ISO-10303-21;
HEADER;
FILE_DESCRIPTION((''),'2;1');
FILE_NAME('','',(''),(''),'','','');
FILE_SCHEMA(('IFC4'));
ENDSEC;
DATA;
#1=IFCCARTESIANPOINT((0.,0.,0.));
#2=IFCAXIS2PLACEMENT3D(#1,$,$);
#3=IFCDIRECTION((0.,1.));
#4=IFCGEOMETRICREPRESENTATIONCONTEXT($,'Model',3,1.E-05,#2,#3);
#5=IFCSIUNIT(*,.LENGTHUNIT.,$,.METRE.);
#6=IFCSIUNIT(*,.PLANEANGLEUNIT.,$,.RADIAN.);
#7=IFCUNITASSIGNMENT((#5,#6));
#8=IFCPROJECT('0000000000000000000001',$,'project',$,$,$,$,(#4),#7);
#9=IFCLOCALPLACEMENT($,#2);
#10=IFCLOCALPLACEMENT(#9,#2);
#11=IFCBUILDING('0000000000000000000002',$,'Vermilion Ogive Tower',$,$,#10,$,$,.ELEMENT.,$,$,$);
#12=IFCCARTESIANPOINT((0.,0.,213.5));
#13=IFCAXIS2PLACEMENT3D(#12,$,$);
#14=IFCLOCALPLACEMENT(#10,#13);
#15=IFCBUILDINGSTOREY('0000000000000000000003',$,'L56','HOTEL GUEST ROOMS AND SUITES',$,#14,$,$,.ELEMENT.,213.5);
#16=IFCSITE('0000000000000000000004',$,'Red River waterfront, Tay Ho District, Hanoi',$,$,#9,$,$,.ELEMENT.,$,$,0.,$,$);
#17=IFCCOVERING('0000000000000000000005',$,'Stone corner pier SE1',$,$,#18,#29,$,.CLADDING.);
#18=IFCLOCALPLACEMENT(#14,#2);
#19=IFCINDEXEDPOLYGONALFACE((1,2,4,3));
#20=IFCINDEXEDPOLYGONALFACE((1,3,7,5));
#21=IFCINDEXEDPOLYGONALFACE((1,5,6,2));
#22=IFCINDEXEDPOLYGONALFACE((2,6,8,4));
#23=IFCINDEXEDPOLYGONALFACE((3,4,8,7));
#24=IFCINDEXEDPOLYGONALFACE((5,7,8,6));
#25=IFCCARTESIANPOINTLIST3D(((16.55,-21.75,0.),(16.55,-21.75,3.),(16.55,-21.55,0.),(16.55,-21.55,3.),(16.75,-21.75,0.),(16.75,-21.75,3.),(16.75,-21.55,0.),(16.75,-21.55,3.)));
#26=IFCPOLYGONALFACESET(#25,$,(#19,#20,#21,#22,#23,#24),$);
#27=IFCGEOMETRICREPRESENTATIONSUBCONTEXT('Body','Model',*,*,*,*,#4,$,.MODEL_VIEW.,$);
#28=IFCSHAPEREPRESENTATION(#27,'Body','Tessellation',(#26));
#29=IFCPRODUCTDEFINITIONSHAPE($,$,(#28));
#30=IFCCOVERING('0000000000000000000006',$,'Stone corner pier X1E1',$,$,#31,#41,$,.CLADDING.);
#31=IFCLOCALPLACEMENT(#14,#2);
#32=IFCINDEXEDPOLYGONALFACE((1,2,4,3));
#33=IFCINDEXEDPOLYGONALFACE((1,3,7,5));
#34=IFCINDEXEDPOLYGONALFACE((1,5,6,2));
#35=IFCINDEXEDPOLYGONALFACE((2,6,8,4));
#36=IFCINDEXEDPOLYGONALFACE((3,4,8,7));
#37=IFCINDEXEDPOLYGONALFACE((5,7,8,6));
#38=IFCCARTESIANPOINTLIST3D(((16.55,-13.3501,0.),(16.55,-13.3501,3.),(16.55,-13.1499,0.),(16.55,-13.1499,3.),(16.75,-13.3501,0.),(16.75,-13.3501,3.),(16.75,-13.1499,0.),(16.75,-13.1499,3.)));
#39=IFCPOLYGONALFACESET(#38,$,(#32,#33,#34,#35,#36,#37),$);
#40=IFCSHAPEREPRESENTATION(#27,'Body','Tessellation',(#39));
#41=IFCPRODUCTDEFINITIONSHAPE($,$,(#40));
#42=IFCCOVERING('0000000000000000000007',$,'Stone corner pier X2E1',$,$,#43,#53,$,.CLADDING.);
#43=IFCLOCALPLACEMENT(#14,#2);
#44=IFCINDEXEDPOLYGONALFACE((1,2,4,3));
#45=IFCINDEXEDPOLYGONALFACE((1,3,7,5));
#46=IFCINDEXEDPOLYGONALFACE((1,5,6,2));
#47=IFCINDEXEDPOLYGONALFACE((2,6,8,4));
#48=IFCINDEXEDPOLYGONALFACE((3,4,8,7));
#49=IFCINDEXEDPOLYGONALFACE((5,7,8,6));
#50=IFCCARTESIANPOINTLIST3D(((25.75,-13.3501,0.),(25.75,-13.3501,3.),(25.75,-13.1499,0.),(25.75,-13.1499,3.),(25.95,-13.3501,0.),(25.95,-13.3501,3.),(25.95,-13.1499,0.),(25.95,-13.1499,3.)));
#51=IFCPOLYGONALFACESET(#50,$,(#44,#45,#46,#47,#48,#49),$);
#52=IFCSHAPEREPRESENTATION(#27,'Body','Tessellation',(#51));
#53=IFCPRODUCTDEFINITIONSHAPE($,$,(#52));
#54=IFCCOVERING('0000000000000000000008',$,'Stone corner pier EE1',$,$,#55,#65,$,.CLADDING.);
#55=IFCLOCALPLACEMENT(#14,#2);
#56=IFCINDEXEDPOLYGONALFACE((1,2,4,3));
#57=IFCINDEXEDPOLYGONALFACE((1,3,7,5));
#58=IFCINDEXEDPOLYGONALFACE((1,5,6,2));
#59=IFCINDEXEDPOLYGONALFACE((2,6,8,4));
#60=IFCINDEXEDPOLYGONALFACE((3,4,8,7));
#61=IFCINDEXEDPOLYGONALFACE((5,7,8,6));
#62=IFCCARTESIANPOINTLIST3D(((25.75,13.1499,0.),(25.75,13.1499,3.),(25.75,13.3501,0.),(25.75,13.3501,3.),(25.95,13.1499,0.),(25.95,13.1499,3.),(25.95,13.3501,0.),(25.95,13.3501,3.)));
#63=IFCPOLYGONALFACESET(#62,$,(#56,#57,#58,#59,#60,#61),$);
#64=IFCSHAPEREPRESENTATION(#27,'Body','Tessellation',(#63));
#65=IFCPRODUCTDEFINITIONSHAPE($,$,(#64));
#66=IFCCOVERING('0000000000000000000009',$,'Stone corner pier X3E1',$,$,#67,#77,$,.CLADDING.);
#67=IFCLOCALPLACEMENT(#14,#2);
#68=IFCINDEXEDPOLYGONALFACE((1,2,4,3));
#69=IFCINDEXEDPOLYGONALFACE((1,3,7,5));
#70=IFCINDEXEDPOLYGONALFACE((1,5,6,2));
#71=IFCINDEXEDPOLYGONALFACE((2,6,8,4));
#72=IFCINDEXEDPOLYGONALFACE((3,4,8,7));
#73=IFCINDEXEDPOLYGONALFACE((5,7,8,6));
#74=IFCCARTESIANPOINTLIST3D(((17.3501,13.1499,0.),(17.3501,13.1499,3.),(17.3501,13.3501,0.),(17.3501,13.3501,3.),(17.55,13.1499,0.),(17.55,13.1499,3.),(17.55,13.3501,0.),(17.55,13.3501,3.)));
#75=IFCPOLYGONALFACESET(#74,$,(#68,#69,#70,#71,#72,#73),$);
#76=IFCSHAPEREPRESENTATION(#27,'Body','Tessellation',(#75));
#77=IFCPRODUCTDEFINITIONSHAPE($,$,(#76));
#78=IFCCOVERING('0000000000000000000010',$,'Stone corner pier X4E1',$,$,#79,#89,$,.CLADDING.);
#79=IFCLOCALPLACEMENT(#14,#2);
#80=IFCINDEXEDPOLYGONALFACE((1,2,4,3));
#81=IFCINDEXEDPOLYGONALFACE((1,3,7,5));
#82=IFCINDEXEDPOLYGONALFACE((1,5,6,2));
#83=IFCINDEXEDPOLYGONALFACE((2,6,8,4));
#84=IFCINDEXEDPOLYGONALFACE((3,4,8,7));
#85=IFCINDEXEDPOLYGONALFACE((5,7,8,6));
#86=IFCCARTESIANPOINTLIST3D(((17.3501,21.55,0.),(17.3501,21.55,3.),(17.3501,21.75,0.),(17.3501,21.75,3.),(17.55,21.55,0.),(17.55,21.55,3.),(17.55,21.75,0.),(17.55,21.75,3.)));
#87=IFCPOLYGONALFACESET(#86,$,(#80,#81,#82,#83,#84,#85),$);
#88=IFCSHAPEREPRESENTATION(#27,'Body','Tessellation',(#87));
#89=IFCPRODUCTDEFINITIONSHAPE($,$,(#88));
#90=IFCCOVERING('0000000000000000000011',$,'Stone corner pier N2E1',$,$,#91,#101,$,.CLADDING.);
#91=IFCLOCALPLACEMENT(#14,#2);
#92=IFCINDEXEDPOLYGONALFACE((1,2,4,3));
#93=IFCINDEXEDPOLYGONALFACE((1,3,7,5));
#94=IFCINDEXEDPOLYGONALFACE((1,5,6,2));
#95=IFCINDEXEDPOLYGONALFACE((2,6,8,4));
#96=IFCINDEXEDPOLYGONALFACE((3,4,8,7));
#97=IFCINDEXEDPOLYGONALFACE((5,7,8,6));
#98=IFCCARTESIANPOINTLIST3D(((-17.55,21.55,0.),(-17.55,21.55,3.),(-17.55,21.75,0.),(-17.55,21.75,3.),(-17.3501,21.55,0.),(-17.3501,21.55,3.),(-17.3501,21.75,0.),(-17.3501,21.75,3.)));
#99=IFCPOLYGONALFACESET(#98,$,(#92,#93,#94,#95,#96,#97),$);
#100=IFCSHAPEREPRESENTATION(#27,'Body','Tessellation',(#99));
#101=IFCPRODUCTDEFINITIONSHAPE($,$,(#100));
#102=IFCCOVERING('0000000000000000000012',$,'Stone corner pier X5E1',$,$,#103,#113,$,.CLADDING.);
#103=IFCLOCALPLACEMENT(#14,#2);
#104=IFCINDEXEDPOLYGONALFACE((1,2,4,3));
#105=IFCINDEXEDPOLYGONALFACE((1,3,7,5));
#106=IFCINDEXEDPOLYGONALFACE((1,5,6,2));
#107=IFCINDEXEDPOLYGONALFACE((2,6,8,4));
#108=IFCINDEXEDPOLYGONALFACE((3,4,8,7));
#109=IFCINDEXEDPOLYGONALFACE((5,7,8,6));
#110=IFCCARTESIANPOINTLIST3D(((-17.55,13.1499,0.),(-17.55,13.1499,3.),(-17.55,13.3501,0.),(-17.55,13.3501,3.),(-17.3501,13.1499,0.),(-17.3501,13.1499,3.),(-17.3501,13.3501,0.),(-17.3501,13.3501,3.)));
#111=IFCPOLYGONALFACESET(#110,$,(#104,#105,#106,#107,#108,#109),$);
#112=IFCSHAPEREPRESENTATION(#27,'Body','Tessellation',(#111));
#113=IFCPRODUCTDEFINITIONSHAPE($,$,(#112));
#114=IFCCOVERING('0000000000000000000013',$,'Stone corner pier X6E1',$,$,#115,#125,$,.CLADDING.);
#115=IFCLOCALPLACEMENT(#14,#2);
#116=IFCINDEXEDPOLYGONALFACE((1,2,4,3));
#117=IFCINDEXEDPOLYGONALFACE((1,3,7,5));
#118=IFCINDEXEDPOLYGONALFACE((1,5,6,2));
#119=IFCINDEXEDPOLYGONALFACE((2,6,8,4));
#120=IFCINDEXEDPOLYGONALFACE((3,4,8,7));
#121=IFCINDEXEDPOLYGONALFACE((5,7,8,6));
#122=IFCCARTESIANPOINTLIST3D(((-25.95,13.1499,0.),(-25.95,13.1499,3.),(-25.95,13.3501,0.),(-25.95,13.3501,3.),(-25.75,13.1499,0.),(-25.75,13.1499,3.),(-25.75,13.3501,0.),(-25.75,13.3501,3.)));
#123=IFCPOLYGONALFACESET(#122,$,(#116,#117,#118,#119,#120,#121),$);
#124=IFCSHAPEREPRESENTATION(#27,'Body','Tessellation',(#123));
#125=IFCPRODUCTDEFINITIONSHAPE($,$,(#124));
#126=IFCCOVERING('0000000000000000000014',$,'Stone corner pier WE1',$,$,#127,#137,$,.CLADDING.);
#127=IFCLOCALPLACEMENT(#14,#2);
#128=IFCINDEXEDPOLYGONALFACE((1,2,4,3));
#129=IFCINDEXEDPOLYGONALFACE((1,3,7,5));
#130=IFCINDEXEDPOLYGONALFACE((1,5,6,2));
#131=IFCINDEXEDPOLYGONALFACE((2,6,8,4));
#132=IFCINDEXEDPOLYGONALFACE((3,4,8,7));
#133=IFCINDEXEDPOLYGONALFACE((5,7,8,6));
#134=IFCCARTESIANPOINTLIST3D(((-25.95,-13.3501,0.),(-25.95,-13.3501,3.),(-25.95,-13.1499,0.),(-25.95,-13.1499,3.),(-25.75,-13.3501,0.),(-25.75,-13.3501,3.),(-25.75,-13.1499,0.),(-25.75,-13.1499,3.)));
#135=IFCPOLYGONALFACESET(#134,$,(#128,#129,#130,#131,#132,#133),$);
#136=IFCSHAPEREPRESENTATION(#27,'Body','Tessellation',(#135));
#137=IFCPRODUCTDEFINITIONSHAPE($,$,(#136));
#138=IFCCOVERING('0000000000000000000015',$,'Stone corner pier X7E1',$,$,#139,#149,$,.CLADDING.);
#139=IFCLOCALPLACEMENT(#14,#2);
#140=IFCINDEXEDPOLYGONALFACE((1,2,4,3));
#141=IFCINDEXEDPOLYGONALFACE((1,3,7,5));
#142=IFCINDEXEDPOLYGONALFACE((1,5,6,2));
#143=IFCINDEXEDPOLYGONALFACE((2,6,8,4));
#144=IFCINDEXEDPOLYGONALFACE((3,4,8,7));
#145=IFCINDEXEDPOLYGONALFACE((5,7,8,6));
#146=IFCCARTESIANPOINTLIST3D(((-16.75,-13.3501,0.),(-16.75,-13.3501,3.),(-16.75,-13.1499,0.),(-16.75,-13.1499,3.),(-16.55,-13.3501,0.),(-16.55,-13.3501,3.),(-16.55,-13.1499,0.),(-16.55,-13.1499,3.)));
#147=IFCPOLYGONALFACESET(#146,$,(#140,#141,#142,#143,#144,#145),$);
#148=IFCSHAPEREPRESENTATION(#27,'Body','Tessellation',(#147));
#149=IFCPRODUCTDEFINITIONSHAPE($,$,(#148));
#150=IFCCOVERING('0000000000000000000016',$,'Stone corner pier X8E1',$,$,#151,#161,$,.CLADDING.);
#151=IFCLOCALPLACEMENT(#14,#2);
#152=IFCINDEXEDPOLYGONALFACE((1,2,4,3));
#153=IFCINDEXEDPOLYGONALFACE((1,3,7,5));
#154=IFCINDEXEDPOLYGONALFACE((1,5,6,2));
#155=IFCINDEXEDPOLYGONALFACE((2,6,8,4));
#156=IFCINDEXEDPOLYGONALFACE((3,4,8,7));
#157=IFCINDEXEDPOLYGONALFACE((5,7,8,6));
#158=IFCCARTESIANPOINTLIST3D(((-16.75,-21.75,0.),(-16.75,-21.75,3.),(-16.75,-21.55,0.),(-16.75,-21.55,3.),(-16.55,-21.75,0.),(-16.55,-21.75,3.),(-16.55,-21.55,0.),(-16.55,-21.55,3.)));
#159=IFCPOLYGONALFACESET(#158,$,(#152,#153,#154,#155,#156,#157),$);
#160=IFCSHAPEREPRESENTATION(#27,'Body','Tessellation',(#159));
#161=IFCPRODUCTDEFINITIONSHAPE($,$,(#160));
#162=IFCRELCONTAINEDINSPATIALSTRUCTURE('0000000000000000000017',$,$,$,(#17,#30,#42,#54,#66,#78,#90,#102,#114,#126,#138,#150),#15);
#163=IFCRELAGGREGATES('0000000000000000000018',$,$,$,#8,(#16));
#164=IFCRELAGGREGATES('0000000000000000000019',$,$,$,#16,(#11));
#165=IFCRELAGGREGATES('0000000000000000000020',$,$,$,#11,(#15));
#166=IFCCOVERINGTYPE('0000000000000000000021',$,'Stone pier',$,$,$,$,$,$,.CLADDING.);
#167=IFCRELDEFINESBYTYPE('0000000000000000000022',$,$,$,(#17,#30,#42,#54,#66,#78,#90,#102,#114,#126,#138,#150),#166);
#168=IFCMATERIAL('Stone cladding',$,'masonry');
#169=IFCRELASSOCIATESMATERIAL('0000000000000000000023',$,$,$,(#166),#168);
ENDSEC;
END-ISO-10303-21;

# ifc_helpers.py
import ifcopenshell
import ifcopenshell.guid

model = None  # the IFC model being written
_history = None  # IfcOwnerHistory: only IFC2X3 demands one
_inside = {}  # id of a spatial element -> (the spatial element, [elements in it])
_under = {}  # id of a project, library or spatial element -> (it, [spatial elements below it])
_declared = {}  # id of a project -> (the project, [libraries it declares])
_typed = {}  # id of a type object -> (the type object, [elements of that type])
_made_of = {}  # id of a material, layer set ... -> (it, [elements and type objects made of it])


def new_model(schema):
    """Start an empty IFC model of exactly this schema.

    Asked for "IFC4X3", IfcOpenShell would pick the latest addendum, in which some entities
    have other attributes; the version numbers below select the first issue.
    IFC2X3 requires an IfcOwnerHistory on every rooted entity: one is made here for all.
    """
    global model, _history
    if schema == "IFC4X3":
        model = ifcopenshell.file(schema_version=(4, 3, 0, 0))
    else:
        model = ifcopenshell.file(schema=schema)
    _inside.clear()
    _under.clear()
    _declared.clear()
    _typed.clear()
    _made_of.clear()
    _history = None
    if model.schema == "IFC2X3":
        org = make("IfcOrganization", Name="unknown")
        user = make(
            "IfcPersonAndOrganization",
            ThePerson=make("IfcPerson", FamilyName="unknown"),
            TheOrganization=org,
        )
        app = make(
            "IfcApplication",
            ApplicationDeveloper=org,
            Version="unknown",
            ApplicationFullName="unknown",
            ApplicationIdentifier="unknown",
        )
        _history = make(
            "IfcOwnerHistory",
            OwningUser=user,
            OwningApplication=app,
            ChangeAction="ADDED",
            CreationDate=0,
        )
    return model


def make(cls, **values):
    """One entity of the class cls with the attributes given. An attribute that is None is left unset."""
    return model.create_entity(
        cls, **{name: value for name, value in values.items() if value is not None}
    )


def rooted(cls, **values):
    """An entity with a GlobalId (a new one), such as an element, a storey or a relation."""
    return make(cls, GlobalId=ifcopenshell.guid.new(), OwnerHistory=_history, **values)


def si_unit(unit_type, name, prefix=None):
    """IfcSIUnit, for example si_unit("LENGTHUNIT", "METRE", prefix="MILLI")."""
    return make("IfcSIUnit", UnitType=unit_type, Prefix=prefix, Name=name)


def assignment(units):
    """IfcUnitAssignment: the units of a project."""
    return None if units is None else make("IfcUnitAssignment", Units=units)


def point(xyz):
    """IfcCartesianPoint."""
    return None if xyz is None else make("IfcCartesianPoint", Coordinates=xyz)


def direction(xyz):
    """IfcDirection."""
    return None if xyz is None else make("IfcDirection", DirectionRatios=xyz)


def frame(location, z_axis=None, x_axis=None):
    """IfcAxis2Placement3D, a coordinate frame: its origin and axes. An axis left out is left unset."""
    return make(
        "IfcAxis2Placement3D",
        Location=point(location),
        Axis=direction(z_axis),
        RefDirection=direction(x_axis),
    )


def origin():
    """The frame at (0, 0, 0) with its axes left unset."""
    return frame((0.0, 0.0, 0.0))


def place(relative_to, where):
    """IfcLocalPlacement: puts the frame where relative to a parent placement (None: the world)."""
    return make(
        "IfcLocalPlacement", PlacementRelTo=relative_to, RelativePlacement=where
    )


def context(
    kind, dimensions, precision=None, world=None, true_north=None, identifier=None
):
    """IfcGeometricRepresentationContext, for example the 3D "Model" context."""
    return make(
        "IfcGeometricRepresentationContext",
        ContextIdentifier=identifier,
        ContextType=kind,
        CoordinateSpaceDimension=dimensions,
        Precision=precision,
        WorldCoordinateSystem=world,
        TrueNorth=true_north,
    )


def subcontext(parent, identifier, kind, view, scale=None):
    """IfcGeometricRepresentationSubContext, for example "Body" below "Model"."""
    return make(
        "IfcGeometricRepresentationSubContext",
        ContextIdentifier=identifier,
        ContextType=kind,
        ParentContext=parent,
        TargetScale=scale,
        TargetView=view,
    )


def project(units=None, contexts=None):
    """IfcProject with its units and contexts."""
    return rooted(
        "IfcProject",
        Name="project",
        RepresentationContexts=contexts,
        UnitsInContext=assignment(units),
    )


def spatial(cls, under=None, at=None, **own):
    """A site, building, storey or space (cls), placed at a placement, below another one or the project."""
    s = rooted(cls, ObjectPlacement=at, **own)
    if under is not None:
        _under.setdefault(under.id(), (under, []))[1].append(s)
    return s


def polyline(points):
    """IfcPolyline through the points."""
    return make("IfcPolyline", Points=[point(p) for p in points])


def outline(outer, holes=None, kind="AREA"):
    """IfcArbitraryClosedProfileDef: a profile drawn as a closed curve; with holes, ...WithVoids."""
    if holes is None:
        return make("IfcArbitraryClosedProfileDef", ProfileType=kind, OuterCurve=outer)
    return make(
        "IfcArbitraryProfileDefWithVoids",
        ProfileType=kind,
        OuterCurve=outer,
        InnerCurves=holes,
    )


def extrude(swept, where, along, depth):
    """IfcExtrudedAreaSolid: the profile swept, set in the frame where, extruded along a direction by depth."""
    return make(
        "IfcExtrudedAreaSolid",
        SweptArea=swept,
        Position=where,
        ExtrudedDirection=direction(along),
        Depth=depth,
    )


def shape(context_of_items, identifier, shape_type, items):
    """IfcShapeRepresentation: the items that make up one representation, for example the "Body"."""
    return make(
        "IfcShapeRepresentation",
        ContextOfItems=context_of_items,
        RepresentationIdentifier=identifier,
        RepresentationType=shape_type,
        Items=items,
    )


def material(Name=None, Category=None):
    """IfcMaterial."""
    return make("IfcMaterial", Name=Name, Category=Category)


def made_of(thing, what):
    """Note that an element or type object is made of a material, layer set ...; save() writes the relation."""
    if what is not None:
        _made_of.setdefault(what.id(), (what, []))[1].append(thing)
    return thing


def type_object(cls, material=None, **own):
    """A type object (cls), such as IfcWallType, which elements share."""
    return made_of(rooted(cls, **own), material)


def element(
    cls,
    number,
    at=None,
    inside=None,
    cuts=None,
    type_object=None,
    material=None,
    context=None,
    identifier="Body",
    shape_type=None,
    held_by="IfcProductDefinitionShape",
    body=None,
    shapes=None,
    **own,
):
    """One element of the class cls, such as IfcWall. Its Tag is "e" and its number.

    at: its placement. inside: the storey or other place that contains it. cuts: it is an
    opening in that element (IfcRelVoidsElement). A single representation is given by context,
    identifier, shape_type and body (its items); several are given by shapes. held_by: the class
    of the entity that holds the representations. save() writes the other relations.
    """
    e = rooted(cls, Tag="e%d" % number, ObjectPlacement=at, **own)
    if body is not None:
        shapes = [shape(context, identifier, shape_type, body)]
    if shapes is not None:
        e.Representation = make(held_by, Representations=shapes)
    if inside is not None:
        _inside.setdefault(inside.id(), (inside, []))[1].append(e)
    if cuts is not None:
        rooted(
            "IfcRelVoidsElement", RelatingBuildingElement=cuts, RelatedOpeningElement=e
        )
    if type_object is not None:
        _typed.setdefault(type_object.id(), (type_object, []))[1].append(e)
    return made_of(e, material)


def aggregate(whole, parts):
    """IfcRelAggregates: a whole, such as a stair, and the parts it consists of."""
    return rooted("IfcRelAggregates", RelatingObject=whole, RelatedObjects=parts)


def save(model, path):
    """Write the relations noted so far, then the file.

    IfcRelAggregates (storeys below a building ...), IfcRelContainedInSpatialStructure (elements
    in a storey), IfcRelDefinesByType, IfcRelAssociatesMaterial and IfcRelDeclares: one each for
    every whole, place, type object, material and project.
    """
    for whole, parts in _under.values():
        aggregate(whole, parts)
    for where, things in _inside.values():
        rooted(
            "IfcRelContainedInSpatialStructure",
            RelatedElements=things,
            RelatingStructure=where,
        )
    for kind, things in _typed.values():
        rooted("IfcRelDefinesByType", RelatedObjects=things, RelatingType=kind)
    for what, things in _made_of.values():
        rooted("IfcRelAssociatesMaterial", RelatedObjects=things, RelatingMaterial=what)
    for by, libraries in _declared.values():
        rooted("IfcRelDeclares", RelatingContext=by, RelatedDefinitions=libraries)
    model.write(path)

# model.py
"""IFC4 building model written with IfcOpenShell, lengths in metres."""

from ifc_helpers import new_model, si_unit, direction, frame, origin, place, context, subcontext, project, spatial, polyline, outline, extrude, material, type_object, element, save


model = new_model("IFC4")

# Units and contexts
model_context = context("Model", 3, precision=1e-05, world=origin(), true_north=direction((0.0, 1.0)))
body_context = subcontext(model_context, "Body", "Model", "MODEL_VIEW")
ifc_project = project(units=[si_unit("LENGTHUNIT", "METRE"), si_unit("PLANEANGLEUNIT", "RADIAN")], contexts=[model_context])

# Site, building, storey
site_placement = place(None, origin())
site = spatial("IfcSite", under=ifc_project, at=site_placement, Name="Red River waterfront, Tay Ho District, Hanoi", CompositionType="ELEMENT", RefElevation=0.0)
building_placement = place(site_placement, origin())
building = spatial("IfcBuilding", under=site, at=building_placement, Name="Vermilion Ogive Tower", CompositionType="ELEMENT")
storey_placement = place(building_placement, frame((0.0, 0.0, 213.5)))
storey = spatial("IfcBuildingStorey", under=building, at=storey_placement, Name="L56", Description="HOTEL GUEST ROOMS AND SUITES", CompositionType="ELEMENT", Elevation=213.5)

# Coverings
ifc_material_1 = material(Name="Stone cladding", Category="masonry")
covering_type_1 = type_object("IfcCoveringType", Name="Stone pier", PredefinedType="CLADDING", material=ifc_material_1)
covering_1_placement = place(storey_placement, origin())
element("IfcCovering", 1, at=covering_1_placement, inside=storey, type_object=covering_type_1, Name="Stone corner pier SE1", PredefinedType="CLADDING", context=body_context, shape_type="SweptSolid", body=[
    extrude(outline(polyline([(16.55, -21.55), (16.75, -21.55), (16.75, -21.75), (16.55, -21.75), (16.55, -21.55)])), origin(), (0.0, 0.0, 1.0), 3.0),
])
covering_2_placement = place(storey_placement, origin())
element("IfcCovering", 2, at=covering_2_placement, inside=storey, type_object=covering_type_1, Name="Stone corner pier X1E1", PredefinedType="CLADDING", context=body_context, shape_type="SweptSolid", body=[
    extrude(outline(polyline([(16.55, -13.1499), (16.75, -13.1499), (16.75, -13.3501), (16.55, -13.3501), (16.55, -13.1499)])), origin(), (0.0, 0.0, 1.0), 3.0),
])
covering_3_placement = place(storey_placement, origin())
element("IfcCovering", 3, at=covering_3_placement, inside=storey, type_object=covering_type_1, Name="Stone corner pier X2E1", PredefinedType="CLADDING", context=body_context, shape_type="SweptSolid", body=[
    extrude(outline(polyline([(25.75, -13.1499), (25.95, -13.1499), (25.95, -13.3501), (25.75, -13.3501), (25.75, -13.1499)])), origin(), (0.0, 0.0, 1.0), 3.0),
])
covering_4_placement = place(storey_placement, origin())
element("IfcCovering", 4, at=covering_4_placement, inside=storey, type_object=covering_type_1, Name="Stone corner pier EE1", PredefinedType="CLADDING", context=body_context, shape_type="SweptSolid", body=[
    extrude(outline(polyline([(25.75, 13.1499), (25.75, 13.3501), (25.95, 13.3501), (25.95, 13.1499), (25.75, 13.1499)])), origin(), (0.0, 0.0, 1.0), 3.0),
])
covering_5_placement = place(storey_placement, origin())
element("IfcCovering", 5, at=covering_5_placement, inside=storey, type_object=covering_type_1, Name="Stone corner pier X3E1", PredefinedType="CLADDING", context=body_context, shape_type="SweptSolid", body=[
    extrude(outline(polyline([(17.3501, 13.1499), (17.3501, 13.3501), (17.55, 13.3501), (17.55, 13.1499), (17.3501, 13.1499)])), origin(), (0.0, 0.0, 1.0), 3.0),
])
covering_6_placement = place(storey_placement, origin())
element("IfcCovering", 6, at=covering_6_placement, inside=storey, type_object=covering_type_1, Name="Stone corner pier X4E1", PredefinedType="CLADDING", context=body_context, shape_type="SweptSolid", body=[
    extrude(outline(polyline([(17.3501, 21.55), (17.3501, 21.75), (17.55, 21.75), (17.55, 21.55), (17.3501, 21.55)])), origin(), (0.0, 0.0, 1.0), 3.0),
])
covering_7_placement = place(storey_placement, origin())
element("IfcCovering", 7, at=covering_7_placement, inside=storey, type_object=covering_type_1, Name="Stone corner pier N2E1", PredefinedType="CLADDING", context=body_context, shape_type="SweptSolid", body=[
    extrude(outline(polyline([(-17.3501, 21.55), (-17.55, 21.55), (-17.55, 21.75), (-17.3501, 21.75), (-17.3501, 21.55)])), origin(), (0.0, 0.0, 1.0), 3.0),
])
covering_8_placement = place(storey_placement, origin())
element("IfcCovering", 8, at=covering_8_placement, inside=storey, type_object=covering_type_1, Name="Stone corner pier X5E1", PredefinedType="CLADDING", context=body_context, shape_type="SweptSolid", body=[
    extrude(outline(polyline([(-17.3501, 13.1499), (-17.55, 13.1499), (-17.55, 13.3501), (-17.3501, 13.3501), (-17.3501, 13.1499)])), origin(), (0.0, 0.0, 1.0), 3.0),
])
covering_9_placement = place(storey_placement, origin())
element("IfcCovering", 9, at=covering_9_placement, inside=storey, type_object=covering_type_1, Name="Stone corner pier X6E1", PredefinedType="CLADDING", context=body_context, shape_type="SweptSolid", body=[
    extrude(outline(polyline([(-25.75, 13.1499), (-25.95, 13.1499), (-25.95, 13.3501), (-25.75, 13.3501), (-25.75, 13.1499)])), origin(), (0.0, 0.0, 1.0), 3.0),
])
covering_10_placement = place(storey_placement, origin())
element("IfcCovering", 10, at=covering_10_placement, inside=storey, type_object=covering_type_1, Name="Stone corner pier WE1", PredefinedType="CLADDING", context=body_context, shape_type="SweptSolid", body=[
    extrude(outline(polyline([(-25.75, -13.1499), (-25.75, -13.3501), (-25.95, -13.3501), (-25.95, -13.1499), (-25.75, -13.1499)])), origin(), (0.0, 0.0, 1.0), 3.0),
])
covering_11_placement = place(storey_placement, origin())
element("IfcCovering", 11, at=covering_11_placement, inside=storey, type_object=covering_type_1, Name="Stone corner pier X7E1", PredefinedType="CLADDING", context=body_context, shape_type="SweptSolid", body=[
    extrude(outline(polyline([(-16.55, -13.1499), (-16.55, -13.3501), (-16.75, -13.3501), (-16.75, -13.1499), (-16.55, -13.1499)])), origin(), (0.0, 0.0, 1.0), 3.0),
])
covering_12_placement = place(storey_placement, origin())
element("IfcCovering", 12, at=covering_12_placement, inside=storey, type_object=covering_type_1, Name="Stone corner pier X8E1", PredefinedType="CLADDING", context=body_context, shape_type="SweptSolid", body=[
    extrude(outline(polyline([(-16.55, -21.55), (-16.55, -21.75), (-16.75, -21.75), (-16.75, -21.55), (-16.55, -21.55)])), origin(), (0.0, 0.0, 1.0), 3.0),
])

save(model, "model.ifc")
